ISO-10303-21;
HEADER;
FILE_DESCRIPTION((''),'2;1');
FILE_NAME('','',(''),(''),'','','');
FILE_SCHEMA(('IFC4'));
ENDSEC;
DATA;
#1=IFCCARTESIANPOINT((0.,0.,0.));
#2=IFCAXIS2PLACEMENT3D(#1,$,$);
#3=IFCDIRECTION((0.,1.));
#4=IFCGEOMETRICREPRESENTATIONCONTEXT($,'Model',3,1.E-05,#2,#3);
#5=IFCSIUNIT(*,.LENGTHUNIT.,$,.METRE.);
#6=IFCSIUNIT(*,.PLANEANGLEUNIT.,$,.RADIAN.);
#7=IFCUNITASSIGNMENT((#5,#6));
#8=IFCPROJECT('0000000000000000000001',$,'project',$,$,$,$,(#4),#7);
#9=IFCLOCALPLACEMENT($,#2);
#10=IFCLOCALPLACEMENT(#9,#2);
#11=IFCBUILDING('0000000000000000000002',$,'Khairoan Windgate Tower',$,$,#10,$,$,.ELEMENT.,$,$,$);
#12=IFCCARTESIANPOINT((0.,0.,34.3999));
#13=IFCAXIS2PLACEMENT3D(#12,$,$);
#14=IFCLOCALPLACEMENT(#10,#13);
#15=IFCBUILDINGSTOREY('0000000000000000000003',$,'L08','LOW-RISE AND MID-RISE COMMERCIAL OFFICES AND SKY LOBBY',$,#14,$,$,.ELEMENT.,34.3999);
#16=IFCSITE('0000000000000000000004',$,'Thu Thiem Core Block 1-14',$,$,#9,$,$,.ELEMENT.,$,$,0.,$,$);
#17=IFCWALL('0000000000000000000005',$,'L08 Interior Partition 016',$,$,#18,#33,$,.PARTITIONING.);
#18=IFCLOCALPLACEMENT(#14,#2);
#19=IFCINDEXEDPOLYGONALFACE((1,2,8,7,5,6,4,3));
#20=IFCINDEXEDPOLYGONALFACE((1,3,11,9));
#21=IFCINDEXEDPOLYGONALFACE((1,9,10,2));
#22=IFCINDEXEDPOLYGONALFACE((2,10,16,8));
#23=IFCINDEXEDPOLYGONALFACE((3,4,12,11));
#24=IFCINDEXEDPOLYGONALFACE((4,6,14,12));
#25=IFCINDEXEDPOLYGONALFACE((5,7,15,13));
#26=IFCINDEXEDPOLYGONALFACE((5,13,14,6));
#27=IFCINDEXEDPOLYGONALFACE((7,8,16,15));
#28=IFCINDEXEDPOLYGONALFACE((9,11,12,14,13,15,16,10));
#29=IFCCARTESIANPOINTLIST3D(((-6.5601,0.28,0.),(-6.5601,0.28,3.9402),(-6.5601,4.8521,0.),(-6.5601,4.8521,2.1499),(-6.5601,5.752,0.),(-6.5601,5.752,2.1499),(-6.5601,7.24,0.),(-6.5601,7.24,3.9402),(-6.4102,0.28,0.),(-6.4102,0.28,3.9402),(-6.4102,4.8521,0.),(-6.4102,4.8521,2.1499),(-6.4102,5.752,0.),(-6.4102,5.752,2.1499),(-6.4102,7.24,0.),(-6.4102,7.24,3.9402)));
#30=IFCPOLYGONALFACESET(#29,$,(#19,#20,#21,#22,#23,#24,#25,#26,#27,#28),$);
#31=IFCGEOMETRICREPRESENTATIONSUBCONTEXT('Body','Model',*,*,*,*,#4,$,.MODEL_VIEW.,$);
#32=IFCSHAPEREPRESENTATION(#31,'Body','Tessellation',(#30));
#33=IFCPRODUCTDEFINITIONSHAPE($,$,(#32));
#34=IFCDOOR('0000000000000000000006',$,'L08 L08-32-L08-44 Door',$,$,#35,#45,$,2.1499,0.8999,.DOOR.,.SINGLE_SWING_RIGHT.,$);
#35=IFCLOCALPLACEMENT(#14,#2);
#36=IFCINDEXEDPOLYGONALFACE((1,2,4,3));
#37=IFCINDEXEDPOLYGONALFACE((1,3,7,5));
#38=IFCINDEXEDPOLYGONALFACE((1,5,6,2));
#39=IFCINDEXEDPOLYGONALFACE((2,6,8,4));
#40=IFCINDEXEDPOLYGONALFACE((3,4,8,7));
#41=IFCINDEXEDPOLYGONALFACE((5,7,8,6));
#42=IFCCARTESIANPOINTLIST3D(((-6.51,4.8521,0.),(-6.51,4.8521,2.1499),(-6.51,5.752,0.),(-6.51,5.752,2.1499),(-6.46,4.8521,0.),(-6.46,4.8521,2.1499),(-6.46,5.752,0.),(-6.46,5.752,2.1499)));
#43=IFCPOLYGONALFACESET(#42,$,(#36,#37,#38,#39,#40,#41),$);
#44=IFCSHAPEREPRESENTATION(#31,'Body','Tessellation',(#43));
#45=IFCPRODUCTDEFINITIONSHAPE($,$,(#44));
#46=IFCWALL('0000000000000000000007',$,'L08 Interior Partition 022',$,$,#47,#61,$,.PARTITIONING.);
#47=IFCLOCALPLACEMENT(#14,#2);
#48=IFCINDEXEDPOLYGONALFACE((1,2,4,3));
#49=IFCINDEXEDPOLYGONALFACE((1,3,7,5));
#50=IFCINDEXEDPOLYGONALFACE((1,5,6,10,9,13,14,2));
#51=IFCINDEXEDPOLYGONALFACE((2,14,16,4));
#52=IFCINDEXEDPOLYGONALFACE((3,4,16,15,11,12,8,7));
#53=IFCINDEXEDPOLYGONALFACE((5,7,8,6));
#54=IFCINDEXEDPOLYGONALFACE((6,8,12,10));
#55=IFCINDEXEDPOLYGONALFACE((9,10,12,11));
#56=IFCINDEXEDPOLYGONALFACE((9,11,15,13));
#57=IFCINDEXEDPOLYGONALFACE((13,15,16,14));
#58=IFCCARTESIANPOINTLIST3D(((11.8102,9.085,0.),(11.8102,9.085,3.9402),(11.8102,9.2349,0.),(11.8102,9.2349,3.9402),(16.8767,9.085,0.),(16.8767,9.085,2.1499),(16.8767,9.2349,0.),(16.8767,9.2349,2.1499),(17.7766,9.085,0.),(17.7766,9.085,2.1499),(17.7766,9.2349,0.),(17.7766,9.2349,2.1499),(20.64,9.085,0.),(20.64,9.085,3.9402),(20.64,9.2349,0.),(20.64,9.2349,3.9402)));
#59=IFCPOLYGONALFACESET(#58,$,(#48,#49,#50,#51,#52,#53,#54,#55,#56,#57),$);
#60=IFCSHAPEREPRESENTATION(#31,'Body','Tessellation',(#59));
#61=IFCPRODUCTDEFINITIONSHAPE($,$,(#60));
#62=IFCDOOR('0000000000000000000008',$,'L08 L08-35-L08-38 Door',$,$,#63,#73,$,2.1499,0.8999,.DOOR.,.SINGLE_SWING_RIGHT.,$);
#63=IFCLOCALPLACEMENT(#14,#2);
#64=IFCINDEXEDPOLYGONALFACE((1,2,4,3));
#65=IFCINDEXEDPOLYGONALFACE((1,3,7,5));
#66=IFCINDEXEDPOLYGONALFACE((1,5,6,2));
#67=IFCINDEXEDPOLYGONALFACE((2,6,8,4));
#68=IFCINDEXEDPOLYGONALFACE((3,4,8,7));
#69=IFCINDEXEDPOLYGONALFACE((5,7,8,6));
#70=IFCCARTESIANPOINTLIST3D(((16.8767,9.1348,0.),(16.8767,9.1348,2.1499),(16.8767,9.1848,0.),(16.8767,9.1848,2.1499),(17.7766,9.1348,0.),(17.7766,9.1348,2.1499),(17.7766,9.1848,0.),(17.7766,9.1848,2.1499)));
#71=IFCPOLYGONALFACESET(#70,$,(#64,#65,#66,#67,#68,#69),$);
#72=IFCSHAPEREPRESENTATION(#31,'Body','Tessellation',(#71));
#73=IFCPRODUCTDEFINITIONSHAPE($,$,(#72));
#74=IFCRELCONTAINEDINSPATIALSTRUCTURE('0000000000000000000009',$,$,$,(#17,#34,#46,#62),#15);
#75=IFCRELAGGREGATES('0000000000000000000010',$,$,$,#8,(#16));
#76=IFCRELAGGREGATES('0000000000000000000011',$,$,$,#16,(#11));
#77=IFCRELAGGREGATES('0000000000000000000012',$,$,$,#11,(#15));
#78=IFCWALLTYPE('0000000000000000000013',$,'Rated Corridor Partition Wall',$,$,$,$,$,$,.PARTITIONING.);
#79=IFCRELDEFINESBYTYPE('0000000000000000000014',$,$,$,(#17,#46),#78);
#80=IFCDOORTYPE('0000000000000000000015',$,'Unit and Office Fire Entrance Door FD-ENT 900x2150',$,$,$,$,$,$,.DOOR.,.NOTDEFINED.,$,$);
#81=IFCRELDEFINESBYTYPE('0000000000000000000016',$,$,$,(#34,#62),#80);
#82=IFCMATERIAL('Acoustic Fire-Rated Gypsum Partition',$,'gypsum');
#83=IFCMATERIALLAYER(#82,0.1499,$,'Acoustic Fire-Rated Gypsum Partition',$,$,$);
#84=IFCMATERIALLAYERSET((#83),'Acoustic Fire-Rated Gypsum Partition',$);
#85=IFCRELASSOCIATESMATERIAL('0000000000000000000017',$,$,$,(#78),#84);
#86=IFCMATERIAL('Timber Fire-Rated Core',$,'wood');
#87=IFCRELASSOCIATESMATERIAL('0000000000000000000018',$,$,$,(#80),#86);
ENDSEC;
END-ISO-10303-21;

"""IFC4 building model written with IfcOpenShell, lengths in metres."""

from ifc_helpers import new_model, si_unit, direction, frame, frame_2d, origin, place, context, subcontext, project, spatial, rectangle, extrude, material, layer, layer_set, type_object, element, fill, save


model = new_model("IFC4")

# Units and contexts
model_context = context("Model", 3, precision=1e-05, world=origin(), true_north=direction((0.0, 1.0)))
body_context = subcontext(model_context, "Body", "Model", "MODEL_VIEW")
ifc_project = project(units=[si_unit("LENGTHUNIT", "METRE"), si_unit("PLANEANGLEUNIT", "RADIAN")], contexts=[model_context])

# Site, building, storey
site_placement = place(None, origin())
site = spatial("IfcSite", under=ifc_project, at=site_placement, Name="Thu Thiem Core Block 1-14", CompositionType="ELEMENT", RefElevation=0.0)
building_placement = place(site_placement, origin())
building = spatial("IfcBuilding", under=site, at=building_placement, Name="Khairoan Windgate Tower", CompositionType="ELEMENT")
storey_placement = place(building_placement, frame((0.0, 0.0, 34.3999)))
storey = spatial("IfcBuildingStorey", under=building, at=storey_placement, Name="L08", Description="LOW-RISE AND MID-RISE COMMERCIAL OFFICES AND SKY LOBBY", CompositionType="ELEMENT", Elevation=34.3999)

# Walls, openings, doors
ifc_material_1 = material(Name="Acoustic Fire-Rated Gypsum Partition", Category="gypsum")
ifc_layer_1 = layer(ifc_material_1, 0.1499, Name="Acoustic Fire-Rated Gypsum Partition")
ifc_layer_set_1 = layer_set([ifc_layer_1], Name="Acoustic Fire-Rated Gypsum Partition")
wall_type_1 = type_object("IfcWallType", Name="Rated Corridor Partition Wall", PredefinedType="PARTITIONING", material=ifc_layer_set_1)
wall_1_placement = place(storey_placement, frame((-6.4851, 0.28, 0.0), z_axis=(0.0, 0.0, 1.0), x_axis=(0.0, 1.0, 0.0)))
wall_1 = element("IfcWall", 1, at=wall_1_placement, inside=storey, type_object=wall_type_1, Name="L08 Interior Partition 016", PredefinedType="PARTITIONING", context=body_context, shape_type="SweptSolid", body=[
    extrude(rectangle(XDim=6.96, YDim=0.1499, at=frame_2d((3.48, 0.0))), origin(), (0.0, 0.0, 1.0), 3.9402),
])
opening_1_placement = place(wall_1_placement, frame((4.572, 0.0, 0.0)))
opening_1 = element("IfcOpeningElement", 2, at=opening_1_placement, cuts=wall_1, PredefinedType="OPENING", context=body_context, shape_type="SweptSolid", body=[
    extrude(rectangle(XDim=0.8999, YDim=2.1499, at=frame_2d((0.45, 1.075))), frame((0.0, 0.085, 0.0), z_axis=(0.0, -1.0, 0.0), x_axis=(1.0, 0.0, 0.0)), (0.0, 0.0, 1.0), 0.1699),
])
ifc_material_2 = material(Name="Timber Fire-Rated Core", Category="wood")
door_type = type_object("IfcDoorType", Name="Unit and Office Fire Entrance Door FD-ENT 900x2150", OperationType="NOTDEFINED", PredefinedType="DOOR", material=ifc_material_2)
door_1_placement = place(opening_1_placement, origin())
door_1 = element("IfcDoor", 3, at=door_1_placement, inside=storey, type_object=door_type, Name="L08 L08-32-L08-44 Door", OperationType="SINGLE_SWING_RIGHT", OverallHeight=2.1499, OverallWidth=0.8999, PredefinedType="DOOR", context=body_context, shape_type="SweptSolid", body=[
    extrude(rectangle(XDim=0.8999, YDim=2.1499, at=frame_2d((0.45, 1.075))), frame((0.0, 0.0249, 0.0), z_axis=(0.0, -1.0, 0.0), x_axis=(1.0, 0.0, 0.0)), (0.0, 0.0, 1.0), 0.05),
])
fill(opening_1, door_1)
wall_2_placement = place(storey_placement, frame((11.8101, 9.1599, 0.0), z_axis=(0.0, 0.0, 1.0), x_axis=(1.0, 0.0, 0.0)))
wall_2 = element("IfcWall", 4, at=wall_2_placement, inside=storey, type_object=wall_type_1, Name="L08 Interior Partition 022", PredefinedType="PARTITIONING", context=body_context, shape_type="SweptSolid", body=[
    extrude(rectangle(XDim=8.8298, YDim=0.1499, at=frame_2d((4.415, 0.0))), origin(), (0.0, 0.0, 1.0), 3.9402),
])
opening_2_placement = place(wall_2_placement, frame((5.0667, 0.0, 0.0)))
opening_2 = element("IfcOpeningElement", 5, at=opening_2_placement, cuts=wall_2, PredefinedType="OPENING", context=body_context, shape_type="SweptSolid", body=[
    extrude(rectangle(XDim=0.8999, YDim=2.1499, at=frame_2d((0.45, 1.075))), frame((0.0, 0.085, 0.0), z_axis=(0.0, -1.0, 0.0), x_axis=(1.0, 0.0, 0.0)), (0.0, 0.0, 1.0), 0.1699),
])
door_2_placement = place(opening_2_placement, origin())
door_2 = element("IfcDoor", 6, at=door_2_placement, inside=storey, type_object=door_type, Name="L08 L08-35-L08-38 Door", OperationType="SINGLE_SWING_RIGHT", OverallHeight=2.1499, OverallWidth=0.8999, PredefinedType="DOOR", context=body_context, shape_type="SweptSolid", body=[
    extrude(rectangle(XDim=0.8999, YDim=2.1499, at=frame_2d((0.45, 1.075))), frame((0.0, 0.0249, 0.0), z_axis=(0.0, -1.0, 0.0), x_axis=(1.0, 0.0, 0.0)), (0.0, 0.0, 1.0), 0.05),
])
fill(opening_2, door_2)

save(model, "model.ifc")
